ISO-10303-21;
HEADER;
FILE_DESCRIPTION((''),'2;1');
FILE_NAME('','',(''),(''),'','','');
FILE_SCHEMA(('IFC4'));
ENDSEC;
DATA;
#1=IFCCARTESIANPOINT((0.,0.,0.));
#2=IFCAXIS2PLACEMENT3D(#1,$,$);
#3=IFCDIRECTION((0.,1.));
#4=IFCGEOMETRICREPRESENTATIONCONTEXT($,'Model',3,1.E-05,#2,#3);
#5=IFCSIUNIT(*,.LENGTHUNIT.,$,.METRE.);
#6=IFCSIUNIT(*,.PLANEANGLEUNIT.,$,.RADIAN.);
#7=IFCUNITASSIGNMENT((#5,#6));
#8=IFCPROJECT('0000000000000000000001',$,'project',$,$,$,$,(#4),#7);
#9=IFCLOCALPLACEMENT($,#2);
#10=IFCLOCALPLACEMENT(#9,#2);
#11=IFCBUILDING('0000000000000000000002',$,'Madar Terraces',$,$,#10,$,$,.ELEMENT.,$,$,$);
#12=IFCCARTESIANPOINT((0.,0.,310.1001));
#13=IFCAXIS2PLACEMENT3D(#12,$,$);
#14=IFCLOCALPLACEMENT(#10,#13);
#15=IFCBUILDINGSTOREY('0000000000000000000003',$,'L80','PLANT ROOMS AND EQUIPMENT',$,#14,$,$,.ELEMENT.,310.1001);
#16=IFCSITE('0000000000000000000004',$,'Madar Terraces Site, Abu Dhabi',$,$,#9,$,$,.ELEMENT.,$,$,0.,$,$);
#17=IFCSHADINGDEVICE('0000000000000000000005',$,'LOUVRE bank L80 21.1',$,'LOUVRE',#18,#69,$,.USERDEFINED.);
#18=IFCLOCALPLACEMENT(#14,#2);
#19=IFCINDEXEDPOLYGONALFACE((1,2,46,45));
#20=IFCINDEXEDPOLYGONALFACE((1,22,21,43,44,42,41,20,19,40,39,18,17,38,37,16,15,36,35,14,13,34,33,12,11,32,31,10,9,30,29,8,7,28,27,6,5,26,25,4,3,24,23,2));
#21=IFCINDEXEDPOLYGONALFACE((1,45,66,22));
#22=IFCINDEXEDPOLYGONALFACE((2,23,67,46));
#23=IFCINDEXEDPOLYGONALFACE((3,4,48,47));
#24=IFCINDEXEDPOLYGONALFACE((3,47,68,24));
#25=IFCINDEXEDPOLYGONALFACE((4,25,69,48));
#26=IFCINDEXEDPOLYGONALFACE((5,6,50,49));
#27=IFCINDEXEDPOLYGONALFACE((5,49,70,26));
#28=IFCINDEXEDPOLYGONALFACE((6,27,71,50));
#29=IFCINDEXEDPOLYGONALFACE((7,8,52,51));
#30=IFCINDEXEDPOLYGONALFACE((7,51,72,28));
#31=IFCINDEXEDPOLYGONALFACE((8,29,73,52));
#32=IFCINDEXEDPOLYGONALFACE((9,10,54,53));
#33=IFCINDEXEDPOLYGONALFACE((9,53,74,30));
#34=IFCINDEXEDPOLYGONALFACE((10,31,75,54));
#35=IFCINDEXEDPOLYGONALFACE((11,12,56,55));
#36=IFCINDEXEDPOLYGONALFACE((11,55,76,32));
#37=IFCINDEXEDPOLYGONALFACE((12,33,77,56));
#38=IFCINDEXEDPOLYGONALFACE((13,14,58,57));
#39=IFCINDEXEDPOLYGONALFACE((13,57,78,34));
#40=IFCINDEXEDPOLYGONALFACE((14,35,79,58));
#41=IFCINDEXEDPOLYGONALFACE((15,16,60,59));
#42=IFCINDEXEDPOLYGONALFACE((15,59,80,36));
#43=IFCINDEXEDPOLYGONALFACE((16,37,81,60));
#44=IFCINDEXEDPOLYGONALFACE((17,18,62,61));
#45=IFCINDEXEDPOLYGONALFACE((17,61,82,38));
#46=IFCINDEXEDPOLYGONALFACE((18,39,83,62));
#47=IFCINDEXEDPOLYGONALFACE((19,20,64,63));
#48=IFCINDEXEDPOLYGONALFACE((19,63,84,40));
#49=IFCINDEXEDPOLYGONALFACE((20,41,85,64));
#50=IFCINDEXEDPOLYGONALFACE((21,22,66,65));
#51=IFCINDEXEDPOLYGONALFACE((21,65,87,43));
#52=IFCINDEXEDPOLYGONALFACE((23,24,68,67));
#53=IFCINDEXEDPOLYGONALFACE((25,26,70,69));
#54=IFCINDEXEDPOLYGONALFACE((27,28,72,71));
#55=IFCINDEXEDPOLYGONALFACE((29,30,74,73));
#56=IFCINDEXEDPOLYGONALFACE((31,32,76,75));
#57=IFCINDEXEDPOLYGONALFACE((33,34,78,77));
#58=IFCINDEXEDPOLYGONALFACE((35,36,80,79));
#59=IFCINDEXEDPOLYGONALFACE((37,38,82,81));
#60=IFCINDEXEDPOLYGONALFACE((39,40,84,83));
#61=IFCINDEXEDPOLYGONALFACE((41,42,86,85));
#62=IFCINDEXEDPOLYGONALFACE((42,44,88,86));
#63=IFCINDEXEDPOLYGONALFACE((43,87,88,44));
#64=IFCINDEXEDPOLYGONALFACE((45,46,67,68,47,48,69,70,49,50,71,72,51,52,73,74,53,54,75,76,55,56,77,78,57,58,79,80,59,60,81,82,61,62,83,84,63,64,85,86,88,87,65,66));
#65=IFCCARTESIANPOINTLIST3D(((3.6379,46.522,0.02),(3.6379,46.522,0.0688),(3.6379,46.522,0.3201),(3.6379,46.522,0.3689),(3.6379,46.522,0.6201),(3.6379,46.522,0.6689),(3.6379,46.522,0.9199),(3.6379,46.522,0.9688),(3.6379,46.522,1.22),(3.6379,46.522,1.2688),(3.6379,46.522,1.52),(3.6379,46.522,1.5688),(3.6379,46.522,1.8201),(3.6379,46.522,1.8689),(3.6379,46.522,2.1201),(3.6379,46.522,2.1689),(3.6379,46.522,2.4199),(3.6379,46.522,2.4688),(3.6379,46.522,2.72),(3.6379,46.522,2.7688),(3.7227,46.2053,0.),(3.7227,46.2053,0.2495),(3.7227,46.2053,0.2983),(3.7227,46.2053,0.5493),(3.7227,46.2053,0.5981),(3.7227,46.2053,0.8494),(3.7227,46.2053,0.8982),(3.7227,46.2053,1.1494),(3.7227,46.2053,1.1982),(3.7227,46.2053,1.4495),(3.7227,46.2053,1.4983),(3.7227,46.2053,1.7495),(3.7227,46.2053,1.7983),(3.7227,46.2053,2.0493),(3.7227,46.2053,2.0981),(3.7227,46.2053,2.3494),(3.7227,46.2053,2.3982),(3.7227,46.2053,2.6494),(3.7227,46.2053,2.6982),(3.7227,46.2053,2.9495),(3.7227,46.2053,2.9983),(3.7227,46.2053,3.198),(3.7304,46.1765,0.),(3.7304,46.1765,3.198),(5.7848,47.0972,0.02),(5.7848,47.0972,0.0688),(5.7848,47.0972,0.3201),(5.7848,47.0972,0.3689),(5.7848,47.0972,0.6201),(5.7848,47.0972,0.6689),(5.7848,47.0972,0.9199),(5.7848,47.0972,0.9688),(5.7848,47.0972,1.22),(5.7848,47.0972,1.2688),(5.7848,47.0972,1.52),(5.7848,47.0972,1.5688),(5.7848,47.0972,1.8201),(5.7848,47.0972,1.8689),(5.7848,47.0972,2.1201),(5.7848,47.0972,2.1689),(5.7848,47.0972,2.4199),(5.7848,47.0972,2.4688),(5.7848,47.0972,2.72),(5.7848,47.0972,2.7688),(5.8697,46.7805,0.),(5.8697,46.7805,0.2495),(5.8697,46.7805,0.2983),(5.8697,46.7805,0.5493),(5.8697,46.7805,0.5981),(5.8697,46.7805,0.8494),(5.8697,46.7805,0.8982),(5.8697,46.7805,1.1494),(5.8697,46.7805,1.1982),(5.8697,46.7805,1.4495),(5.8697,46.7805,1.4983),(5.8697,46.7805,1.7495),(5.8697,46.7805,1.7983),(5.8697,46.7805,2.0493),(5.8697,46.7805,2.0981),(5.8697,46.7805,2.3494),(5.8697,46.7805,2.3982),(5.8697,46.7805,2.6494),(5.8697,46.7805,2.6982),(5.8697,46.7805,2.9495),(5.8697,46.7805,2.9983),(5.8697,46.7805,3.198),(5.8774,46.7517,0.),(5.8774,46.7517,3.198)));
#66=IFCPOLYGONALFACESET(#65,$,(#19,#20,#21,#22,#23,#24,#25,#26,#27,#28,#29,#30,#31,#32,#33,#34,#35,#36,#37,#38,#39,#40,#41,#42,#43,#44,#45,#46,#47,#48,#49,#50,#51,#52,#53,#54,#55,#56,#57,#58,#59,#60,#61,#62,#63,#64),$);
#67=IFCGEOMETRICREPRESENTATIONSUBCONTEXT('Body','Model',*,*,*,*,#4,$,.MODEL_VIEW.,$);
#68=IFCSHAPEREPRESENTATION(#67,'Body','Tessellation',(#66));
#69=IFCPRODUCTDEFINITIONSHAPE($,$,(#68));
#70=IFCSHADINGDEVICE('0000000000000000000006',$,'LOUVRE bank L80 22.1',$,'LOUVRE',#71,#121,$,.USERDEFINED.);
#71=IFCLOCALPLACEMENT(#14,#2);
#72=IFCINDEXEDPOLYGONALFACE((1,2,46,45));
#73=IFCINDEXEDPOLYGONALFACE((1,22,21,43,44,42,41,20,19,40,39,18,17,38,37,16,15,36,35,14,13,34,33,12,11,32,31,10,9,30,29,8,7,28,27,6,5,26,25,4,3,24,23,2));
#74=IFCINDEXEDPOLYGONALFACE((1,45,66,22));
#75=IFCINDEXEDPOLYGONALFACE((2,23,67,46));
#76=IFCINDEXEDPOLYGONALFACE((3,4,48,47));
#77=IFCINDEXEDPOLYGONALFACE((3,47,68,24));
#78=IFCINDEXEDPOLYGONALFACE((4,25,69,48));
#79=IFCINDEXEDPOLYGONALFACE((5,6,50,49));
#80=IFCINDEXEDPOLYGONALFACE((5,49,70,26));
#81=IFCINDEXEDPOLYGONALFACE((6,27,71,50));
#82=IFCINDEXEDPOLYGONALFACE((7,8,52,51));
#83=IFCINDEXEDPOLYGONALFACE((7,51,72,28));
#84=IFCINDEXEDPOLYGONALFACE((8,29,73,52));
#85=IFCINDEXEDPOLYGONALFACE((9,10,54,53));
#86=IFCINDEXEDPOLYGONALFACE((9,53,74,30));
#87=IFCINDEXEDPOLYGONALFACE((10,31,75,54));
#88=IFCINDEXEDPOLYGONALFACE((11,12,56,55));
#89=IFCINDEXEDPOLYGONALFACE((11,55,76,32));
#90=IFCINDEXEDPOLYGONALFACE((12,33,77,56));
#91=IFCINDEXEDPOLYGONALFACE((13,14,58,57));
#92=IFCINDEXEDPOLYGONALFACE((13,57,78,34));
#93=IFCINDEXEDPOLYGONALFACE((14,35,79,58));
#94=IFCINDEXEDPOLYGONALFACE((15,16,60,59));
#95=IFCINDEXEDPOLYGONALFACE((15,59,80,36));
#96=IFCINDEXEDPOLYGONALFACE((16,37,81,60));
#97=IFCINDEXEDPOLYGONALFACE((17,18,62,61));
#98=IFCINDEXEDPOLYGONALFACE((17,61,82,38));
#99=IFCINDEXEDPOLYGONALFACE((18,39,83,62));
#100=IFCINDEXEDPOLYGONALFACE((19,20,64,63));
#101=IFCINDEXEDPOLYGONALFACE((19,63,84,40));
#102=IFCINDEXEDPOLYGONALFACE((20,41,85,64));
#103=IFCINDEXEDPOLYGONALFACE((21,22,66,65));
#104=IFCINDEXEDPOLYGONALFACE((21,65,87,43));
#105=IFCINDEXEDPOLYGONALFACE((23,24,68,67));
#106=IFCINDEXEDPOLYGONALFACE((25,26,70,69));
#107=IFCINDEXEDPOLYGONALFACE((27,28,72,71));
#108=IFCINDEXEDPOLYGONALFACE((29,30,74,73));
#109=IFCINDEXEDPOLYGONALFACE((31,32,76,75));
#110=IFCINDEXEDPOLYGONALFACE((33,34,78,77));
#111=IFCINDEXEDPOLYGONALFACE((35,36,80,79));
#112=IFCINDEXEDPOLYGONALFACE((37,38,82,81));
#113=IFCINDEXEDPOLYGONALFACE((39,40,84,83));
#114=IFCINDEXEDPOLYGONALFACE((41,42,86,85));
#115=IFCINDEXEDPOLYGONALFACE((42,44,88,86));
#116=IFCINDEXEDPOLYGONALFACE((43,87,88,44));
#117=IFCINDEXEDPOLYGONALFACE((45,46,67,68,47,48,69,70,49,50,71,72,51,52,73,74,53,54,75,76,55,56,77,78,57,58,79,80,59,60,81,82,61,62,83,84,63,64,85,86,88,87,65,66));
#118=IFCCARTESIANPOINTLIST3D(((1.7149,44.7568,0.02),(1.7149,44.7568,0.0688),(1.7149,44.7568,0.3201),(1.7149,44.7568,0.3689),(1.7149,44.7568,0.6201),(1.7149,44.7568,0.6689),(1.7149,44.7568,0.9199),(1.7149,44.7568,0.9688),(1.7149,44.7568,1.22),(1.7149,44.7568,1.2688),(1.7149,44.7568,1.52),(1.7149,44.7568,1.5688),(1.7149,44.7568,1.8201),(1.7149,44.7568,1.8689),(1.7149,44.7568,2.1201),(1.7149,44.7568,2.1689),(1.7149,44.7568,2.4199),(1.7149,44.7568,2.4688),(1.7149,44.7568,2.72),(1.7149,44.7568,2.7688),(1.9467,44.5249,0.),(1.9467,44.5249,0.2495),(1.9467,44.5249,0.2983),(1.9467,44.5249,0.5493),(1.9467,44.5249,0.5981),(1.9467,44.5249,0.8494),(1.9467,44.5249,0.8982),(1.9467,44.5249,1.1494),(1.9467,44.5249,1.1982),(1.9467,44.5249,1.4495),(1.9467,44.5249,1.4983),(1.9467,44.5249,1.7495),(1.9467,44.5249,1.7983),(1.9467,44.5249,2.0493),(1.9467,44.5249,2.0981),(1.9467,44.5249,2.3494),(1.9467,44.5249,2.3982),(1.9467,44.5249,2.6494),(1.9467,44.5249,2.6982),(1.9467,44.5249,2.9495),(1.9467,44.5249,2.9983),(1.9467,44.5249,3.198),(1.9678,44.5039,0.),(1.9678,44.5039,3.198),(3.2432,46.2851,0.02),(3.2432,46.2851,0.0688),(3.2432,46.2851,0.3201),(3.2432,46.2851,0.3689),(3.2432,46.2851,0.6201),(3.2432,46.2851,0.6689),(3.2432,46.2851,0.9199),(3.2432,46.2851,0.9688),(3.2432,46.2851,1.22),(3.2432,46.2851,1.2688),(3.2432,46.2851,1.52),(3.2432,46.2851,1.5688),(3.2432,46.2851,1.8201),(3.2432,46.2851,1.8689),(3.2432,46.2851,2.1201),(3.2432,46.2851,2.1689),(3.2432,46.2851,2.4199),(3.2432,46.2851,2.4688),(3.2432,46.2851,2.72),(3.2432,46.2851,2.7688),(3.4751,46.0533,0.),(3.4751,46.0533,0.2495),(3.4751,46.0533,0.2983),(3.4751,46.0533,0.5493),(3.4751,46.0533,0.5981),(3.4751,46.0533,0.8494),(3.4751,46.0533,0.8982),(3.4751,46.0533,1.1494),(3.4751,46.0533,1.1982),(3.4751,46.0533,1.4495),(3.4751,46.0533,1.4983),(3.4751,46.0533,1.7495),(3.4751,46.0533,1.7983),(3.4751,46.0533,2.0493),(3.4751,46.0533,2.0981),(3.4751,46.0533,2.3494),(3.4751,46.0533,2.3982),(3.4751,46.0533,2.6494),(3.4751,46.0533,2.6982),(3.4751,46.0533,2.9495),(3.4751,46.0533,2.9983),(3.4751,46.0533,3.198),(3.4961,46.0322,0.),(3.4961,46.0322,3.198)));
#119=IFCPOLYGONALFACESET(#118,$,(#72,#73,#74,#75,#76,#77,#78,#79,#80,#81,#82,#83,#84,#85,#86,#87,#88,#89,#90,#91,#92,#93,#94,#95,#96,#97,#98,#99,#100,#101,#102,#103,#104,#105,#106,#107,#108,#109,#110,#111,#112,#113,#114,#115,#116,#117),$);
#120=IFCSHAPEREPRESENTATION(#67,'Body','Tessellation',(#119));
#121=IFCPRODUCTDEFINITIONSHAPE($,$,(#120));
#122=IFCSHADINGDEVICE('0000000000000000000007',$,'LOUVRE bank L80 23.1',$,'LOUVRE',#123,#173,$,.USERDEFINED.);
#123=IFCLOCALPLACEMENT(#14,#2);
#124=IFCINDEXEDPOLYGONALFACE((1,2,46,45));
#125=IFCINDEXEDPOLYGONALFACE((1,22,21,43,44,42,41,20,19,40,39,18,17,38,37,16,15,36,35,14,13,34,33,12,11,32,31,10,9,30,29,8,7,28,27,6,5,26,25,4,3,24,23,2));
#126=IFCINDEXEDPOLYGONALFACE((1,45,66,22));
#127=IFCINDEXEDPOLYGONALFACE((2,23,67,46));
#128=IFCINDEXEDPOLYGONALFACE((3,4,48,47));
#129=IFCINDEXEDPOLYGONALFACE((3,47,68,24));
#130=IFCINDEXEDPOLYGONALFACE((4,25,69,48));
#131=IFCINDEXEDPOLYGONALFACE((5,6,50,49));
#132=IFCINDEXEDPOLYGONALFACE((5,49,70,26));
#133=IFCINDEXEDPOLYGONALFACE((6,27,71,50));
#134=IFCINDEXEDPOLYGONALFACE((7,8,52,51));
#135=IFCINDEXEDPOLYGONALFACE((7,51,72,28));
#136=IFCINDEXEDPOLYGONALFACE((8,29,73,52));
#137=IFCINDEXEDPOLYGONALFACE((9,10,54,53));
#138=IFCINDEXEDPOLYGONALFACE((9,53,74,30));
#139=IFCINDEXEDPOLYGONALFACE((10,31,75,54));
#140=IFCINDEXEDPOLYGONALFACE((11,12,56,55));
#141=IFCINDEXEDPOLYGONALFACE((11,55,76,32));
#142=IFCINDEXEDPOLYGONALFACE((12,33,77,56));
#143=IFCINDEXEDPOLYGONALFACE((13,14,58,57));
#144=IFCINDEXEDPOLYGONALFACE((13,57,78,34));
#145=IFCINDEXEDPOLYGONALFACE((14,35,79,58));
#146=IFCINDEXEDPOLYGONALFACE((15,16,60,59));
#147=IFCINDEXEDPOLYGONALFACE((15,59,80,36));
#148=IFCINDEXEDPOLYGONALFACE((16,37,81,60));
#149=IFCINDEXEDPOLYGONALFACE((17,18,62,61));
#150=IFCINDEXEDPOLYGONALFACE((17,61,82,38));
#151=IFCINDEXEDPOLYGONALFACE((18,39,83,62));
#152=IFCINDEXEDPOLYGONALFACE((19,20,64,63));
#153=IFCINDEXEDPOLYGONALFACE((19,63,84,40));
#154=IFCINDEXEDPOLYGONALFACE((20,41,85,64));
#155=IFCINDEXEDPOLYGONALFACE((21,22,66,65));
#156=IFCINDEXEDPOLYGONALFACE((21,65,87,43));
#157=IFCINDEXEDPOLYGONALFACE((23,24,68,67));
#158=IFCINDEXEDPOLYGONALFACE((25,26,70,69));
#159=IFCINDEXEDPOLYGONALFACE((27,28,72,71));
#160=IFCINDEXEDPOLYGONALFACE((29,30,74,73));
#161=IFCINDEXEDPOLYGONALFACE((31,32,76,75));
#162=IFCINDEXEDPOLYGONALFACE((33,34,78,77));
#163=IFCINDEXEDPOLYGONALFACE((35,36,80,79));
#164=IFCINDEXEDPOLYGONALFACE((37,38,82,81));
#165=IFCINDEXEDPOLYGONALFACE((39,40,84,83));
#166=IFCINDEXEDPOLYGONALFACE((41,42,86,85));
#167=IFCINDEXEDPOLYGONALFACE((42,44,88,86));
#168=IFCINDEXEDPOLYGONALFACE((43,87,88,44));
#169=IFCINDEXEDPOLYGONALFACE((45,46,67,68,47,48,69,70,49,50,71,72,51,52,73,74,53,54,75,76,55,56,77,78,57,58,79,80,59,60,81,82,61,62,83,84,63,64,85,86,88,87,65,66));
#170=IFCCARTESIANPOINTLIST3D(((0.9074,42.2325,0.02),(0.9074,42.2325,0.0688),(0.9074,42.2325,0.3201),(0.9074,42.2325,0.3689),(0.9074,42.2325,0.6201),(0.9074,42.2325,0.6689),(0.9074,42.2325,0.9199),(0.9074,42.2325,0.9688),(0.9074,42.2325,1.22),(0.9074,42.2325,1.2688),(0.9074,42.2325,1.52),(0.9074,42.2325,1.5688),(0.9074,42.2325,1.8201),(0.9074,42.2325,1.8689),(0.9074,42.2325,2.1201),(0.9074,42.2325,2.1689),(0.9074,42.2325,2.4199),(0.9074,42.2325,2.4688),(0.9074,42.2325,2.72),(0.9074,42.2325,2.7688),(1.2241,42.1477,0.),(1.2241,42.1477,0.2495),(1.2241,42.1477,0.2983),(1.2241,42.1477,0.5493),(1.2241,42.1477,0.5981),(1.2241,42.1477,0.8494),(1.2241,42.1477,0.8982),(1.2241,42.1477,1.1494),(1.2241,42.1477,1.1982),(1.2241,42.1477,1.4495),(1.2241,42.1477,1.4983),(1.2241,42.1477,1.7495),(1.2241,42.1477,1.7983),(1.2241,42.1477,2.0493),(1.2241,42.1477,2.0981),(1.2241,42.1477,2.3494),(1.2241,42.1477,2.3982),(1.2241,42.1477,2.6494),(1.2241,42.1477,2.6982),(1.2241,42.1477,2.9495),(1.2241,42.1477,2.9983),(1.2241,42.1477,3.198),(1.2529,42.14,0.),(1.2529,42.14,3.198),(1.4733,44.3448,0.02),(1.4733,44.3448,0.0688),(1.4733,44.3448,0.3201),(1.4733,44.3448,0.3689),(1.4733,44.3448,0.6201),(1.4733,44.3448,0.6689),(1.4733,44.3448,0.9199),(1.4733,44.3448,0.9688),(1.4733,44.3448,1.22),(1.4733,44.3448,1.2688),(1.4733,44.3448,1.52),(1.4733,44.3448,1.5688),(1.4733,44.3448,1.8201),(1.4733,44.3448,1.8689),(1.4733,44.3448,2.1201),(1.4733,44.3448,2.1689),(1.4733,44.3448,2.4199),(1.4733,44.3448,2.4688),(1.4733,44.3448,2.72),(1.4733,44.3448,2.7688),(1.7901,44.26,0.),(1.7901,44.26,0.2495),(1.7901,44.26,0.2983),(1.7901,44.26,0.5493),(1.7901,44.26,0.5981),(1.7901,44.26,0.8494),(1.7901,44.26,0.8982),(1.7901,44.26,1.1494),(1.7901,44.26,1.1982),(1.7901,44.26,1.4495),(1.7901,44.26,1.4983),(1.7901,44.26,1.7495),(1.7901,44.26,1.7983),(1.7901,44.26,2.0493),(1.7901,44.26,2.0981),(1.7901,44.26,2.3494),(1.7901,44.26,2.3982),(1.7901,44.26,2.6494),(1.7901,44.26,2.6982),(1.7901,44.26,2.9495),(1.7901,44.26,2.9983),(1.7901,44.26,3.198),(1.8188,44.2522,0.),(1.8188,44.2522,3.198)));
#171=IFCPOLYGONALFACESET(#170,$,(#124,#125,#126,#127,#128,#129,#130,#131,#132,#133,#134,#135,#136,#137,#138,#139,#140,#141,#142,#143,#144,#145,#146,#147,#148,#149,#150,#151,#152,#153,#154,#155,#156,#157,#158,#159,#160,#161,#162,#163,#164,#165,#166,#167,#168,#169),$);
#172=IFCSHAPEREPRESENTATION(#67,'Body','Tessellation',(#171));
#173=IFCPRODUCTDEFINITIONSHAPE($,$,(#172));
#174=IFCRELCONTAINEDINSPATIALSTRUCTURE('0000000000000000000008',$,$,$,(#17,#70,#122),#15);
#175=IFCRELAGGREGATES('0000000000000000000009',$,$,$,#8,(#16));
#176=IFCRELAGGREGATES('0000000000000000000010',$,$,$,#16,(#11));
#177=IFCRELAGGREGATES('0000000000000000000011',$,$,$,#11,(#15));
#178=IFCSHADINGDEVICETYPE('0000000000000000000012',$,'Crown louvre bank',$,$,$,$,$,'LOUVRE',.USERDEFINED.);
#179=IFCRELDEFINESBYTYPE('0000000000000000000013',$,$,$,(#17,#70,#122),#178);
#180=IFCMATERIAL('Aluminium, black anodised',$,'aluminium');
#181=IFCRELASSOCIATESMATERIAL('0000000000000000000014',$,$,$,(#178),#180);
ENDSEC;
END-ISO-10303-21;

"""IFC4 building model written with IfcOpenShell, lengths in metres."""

from ifc_helpers import new_model, si_unit, direction, frame, origin, place, context, subcontext, project, spatial, polyline, outline, extrude, material, type_object, element, save


model = new_model("IFC4")

# Units and contexts
model_context = context("Model", 3, precision=1e-05, world=origin(), true_north=direction((0.0, 1.0)))
body_context = subcontext(model_context, "Body", "Model", "MODEL_VIEW")
ifc_project = project(units=[si_unit("LENGTHUNIT", "METRE"), si_unit("PLANEANGLEUNIT", "RADIAN")], contexts=[model_context])

# Site, building, storey
site_placement = place(None, origin())
site = spatial("IfcSite", under=ifc_project, at=site_placement, Name="Madar Terraces Site, Abu Dhabi", CompositionType="ELEMENT", RefElevation=0.0)
building_placement = place(site_placement, origin())
building = spatial("IfcBuilding", under=site, at=building_placement, Name="Madar Terraces", CompositionType="ELEMENT")
storey_placement = place(building_placement, frame((0.0, 0.0, 310.1001)))
storey = spatial("IfcBuildingStorey", under=building, at=storey_placement, Name="L80", Description="PLANT ROOMS AND EQUIPMENT", CompositionType="ELEMENT", Elevation=310.1001)

# Shading devices
ifc_material_1 = material(Name="Aluminium, black anodised", Category="aluminium")
shading_device_type = type_object("IfcShadingDeviceType", Name="Crown louvre bank", ElementType="LOUVRE", PredefinedType="USERDEFINED", material=ifc_material_1)
shading_device_1_placement = place(storey_placement, frame((5.8735, 46.7661, 0.0), z_axis=(-0.965935, -0.258784, 0.0), x_axis=(0.258784, -0.965935, 0.0)))
element("IfcShadingDevice", 1, at=shading_device_1_placement, inside=storey, type_object=shading_device_type, Name="LOUVRE bank L80 21.1", ObjectType="LOUVRE", PredefinedType="USERDEFINED", context=body_context, shape_type="SweptSolid", body=[
    extrude(outline(polyline([(0.0149, 0.0), (-0.0149, 0.0), (-0.0149, 0.2495), (-0.3428, 0.02), (-0.3428, 0.0688), (-0.0149, 0.2983), (-0.0149, 0.5493), (-0.3428, 0.3201), (-0.3428, 0.3689), (-0.0149, 0.5981), (-0.0149, 0.8494), (-0.3428, 0.6201), (-0.3428, 0.6689), (-0.0149, 0.8982), (-0.0149, 1.1494), (-0.3428, 0.9199), (-0.3428, 0.9688), (-0.0149, 1.1982), (-0.0149, 1.4495), (-0.3428, 1.22), (-0.3428, 1.2688), (-0.0149, 1.4983), (-0.0149, 1.7495), (-0.3428, 1.52), (-0.3428, 1.5688), (-0.0149, 1.7983), (-0.0149, 2.0493), (-0.3428, 1.8201), (-0.3428, 1.8689), (-0.0149, 2.0981), (-0.0149, 2.3494), (-0.3428, 2.1201), (-0.3428, 2.1689), (-0.0149, 2.3982), (-0.0149, 2.6494), (-0.3428, 2.4199), (-0.3428, 2.4688), (-0.0149, 2.6982), (-0.0149, 2.9495), (-0.3428, 2.72), (-0.3428, 2.7688), (-0.0149, 2.9983), (-0.0149, 3.198), (0.0149, 3.198), (0.0149, 0.0)])), origin(), (0.0, 0.0, 1.0), 2.2227),
])
shading_device_2_placement = place(storey_placement, frame((3.4856, 46.0427, 0.0), z_axis=(-0.707107, -0.707107, 0.0), x_axis=(0.707107, -0.707107, 0.0)))
element("IfcShadingDevice", 2, at=shading_device_2_placement, inside=storey, type_object=shading_device_type, Name="LOUVRE bank L80 22.1", ObjectType="LOUVRE", PredefinedType="USERDEFINED", context=body_context, shape_type="SweptSolid", body=[
    extrude(outline(polyline([(0.0149, 0.0), (-0.0149, 0.0), (-0.0149, 0.2495), (-0.3428, 0.02), (-0.3428, 0.0688), (-0.0149, 0.2983), (-0.0149, 0.5493), (-0.3428, 0.3201), (-0.3428, 0.3689), (-0.0149, 0.5981), (-0.0149, 0.8494), (-0.3428, 0.6201), (-0.3428, 0.6689), (-0.0149, 0.8982), (-0.0149, 1.1494), (-0.3428, 0.9199), (-0.3428, 0.9688), (-0.0149, 1.1982), (-0.0149, 1.4495), (-0.3428, 1.22), (-0.3428, 1.2688), (-0.0149, 1.4983), (-0.0149, 1.7495), (-0.3428, 1.52), (-0.3428, 1.5688), (-0.0149, 1.7983), (-0.0149, 2.0493), (-0.3428, 1.8201), (-0.3428, 1.8689), (-0.0149, 2.0981), (-0.0149, 2.3494), (-0.3428, 2.1201), (-0.3428, 2.1689), (-0.0149, 2.3982), (-0.0149, 2.6494), (-0.3428, 2.4199), (-0.3428, 2.4688), (-0.0149, 2.6982), (-0.0149, 2.9495), (-0.3428, 2.72), (-0.3428, 2.7688), (-0.0149, 2.9983), (-0.0149, 3.198), (0.0149, 3.198), (0.0149, 0.0)])), origin(), (0.0, 0.0, 1.0), 2.1614),
])
shading_device_3_placement = place(storey_placement, frame((1.8044, 44.2561, 0.0), z_axis=(-0.258788, -0.965934, 0.0), x_axis=(0.965934, -0.258788, 0.0)))
element("IfcShadingDevice", 3, at=shading_device_3_placement, inside=storey, type_object=shading_device_type, Name="LOUVRE bank L80 23.1", ObjectType="LOUVRE", PredefinedType="USERDEFINED", context=body_context, shape_type="SweptSolid", body=[
    extrude(outline(polyline([(0.0149, 0.0), (-0.0149, 0.0), (-0.0149, 0.2495), (-0.3428, 0.02), (-0.3428, 0.0688), (-0.0149, 0.2983), (-0.0149, 0.5493), (-0.3428, 0.3201), (-0.3428, 0.3689), (-0.0149, 0.5981), (-0.0149, 0.8494), (-0.3428, 0.6201), (-0.3428, 0.6689), (-0.0149, 0.8982), (-0.0149, 1.1494), (-0.3428, 0.9199), (-0.3428, 0.9688), (-0.0149, 1.1982), (-0.0149, 1.4495), (-0.3428, 1.22), (-0.3428, 1.2688), (-0.0149, 1.4983), (-0.0149, 1.7495), (-0.3428, 1.52), (-0.3428, 1.5688), (-0.0149, 1.7983), (-0.0149, 2.0493), (-0.3428, 1.8201), (-0.3428, 1.8689), (-0.0149, 2.0981), (-0.0149, 2.3494), (-0.3428, 2.1201), (-0.3428, 2.1689), (-0.0149, 2.3982), (-0.0149, 2.6494), (-0.3428, 2.4199), (-0.3428, 2.4688), (-0.0149, 2.6982), (-0.0149, 2.9495), (-0.3428, 2.72), (-0.3428, 2.7688), (-0.0149, 2.9983), (-0.0149, 3.198), (0.0149, 3.198), (0.0149, 0.0)])), origin(), (0.0, 0.0, 1.0), 2.1868),
])

save(model, "model.ifc")
